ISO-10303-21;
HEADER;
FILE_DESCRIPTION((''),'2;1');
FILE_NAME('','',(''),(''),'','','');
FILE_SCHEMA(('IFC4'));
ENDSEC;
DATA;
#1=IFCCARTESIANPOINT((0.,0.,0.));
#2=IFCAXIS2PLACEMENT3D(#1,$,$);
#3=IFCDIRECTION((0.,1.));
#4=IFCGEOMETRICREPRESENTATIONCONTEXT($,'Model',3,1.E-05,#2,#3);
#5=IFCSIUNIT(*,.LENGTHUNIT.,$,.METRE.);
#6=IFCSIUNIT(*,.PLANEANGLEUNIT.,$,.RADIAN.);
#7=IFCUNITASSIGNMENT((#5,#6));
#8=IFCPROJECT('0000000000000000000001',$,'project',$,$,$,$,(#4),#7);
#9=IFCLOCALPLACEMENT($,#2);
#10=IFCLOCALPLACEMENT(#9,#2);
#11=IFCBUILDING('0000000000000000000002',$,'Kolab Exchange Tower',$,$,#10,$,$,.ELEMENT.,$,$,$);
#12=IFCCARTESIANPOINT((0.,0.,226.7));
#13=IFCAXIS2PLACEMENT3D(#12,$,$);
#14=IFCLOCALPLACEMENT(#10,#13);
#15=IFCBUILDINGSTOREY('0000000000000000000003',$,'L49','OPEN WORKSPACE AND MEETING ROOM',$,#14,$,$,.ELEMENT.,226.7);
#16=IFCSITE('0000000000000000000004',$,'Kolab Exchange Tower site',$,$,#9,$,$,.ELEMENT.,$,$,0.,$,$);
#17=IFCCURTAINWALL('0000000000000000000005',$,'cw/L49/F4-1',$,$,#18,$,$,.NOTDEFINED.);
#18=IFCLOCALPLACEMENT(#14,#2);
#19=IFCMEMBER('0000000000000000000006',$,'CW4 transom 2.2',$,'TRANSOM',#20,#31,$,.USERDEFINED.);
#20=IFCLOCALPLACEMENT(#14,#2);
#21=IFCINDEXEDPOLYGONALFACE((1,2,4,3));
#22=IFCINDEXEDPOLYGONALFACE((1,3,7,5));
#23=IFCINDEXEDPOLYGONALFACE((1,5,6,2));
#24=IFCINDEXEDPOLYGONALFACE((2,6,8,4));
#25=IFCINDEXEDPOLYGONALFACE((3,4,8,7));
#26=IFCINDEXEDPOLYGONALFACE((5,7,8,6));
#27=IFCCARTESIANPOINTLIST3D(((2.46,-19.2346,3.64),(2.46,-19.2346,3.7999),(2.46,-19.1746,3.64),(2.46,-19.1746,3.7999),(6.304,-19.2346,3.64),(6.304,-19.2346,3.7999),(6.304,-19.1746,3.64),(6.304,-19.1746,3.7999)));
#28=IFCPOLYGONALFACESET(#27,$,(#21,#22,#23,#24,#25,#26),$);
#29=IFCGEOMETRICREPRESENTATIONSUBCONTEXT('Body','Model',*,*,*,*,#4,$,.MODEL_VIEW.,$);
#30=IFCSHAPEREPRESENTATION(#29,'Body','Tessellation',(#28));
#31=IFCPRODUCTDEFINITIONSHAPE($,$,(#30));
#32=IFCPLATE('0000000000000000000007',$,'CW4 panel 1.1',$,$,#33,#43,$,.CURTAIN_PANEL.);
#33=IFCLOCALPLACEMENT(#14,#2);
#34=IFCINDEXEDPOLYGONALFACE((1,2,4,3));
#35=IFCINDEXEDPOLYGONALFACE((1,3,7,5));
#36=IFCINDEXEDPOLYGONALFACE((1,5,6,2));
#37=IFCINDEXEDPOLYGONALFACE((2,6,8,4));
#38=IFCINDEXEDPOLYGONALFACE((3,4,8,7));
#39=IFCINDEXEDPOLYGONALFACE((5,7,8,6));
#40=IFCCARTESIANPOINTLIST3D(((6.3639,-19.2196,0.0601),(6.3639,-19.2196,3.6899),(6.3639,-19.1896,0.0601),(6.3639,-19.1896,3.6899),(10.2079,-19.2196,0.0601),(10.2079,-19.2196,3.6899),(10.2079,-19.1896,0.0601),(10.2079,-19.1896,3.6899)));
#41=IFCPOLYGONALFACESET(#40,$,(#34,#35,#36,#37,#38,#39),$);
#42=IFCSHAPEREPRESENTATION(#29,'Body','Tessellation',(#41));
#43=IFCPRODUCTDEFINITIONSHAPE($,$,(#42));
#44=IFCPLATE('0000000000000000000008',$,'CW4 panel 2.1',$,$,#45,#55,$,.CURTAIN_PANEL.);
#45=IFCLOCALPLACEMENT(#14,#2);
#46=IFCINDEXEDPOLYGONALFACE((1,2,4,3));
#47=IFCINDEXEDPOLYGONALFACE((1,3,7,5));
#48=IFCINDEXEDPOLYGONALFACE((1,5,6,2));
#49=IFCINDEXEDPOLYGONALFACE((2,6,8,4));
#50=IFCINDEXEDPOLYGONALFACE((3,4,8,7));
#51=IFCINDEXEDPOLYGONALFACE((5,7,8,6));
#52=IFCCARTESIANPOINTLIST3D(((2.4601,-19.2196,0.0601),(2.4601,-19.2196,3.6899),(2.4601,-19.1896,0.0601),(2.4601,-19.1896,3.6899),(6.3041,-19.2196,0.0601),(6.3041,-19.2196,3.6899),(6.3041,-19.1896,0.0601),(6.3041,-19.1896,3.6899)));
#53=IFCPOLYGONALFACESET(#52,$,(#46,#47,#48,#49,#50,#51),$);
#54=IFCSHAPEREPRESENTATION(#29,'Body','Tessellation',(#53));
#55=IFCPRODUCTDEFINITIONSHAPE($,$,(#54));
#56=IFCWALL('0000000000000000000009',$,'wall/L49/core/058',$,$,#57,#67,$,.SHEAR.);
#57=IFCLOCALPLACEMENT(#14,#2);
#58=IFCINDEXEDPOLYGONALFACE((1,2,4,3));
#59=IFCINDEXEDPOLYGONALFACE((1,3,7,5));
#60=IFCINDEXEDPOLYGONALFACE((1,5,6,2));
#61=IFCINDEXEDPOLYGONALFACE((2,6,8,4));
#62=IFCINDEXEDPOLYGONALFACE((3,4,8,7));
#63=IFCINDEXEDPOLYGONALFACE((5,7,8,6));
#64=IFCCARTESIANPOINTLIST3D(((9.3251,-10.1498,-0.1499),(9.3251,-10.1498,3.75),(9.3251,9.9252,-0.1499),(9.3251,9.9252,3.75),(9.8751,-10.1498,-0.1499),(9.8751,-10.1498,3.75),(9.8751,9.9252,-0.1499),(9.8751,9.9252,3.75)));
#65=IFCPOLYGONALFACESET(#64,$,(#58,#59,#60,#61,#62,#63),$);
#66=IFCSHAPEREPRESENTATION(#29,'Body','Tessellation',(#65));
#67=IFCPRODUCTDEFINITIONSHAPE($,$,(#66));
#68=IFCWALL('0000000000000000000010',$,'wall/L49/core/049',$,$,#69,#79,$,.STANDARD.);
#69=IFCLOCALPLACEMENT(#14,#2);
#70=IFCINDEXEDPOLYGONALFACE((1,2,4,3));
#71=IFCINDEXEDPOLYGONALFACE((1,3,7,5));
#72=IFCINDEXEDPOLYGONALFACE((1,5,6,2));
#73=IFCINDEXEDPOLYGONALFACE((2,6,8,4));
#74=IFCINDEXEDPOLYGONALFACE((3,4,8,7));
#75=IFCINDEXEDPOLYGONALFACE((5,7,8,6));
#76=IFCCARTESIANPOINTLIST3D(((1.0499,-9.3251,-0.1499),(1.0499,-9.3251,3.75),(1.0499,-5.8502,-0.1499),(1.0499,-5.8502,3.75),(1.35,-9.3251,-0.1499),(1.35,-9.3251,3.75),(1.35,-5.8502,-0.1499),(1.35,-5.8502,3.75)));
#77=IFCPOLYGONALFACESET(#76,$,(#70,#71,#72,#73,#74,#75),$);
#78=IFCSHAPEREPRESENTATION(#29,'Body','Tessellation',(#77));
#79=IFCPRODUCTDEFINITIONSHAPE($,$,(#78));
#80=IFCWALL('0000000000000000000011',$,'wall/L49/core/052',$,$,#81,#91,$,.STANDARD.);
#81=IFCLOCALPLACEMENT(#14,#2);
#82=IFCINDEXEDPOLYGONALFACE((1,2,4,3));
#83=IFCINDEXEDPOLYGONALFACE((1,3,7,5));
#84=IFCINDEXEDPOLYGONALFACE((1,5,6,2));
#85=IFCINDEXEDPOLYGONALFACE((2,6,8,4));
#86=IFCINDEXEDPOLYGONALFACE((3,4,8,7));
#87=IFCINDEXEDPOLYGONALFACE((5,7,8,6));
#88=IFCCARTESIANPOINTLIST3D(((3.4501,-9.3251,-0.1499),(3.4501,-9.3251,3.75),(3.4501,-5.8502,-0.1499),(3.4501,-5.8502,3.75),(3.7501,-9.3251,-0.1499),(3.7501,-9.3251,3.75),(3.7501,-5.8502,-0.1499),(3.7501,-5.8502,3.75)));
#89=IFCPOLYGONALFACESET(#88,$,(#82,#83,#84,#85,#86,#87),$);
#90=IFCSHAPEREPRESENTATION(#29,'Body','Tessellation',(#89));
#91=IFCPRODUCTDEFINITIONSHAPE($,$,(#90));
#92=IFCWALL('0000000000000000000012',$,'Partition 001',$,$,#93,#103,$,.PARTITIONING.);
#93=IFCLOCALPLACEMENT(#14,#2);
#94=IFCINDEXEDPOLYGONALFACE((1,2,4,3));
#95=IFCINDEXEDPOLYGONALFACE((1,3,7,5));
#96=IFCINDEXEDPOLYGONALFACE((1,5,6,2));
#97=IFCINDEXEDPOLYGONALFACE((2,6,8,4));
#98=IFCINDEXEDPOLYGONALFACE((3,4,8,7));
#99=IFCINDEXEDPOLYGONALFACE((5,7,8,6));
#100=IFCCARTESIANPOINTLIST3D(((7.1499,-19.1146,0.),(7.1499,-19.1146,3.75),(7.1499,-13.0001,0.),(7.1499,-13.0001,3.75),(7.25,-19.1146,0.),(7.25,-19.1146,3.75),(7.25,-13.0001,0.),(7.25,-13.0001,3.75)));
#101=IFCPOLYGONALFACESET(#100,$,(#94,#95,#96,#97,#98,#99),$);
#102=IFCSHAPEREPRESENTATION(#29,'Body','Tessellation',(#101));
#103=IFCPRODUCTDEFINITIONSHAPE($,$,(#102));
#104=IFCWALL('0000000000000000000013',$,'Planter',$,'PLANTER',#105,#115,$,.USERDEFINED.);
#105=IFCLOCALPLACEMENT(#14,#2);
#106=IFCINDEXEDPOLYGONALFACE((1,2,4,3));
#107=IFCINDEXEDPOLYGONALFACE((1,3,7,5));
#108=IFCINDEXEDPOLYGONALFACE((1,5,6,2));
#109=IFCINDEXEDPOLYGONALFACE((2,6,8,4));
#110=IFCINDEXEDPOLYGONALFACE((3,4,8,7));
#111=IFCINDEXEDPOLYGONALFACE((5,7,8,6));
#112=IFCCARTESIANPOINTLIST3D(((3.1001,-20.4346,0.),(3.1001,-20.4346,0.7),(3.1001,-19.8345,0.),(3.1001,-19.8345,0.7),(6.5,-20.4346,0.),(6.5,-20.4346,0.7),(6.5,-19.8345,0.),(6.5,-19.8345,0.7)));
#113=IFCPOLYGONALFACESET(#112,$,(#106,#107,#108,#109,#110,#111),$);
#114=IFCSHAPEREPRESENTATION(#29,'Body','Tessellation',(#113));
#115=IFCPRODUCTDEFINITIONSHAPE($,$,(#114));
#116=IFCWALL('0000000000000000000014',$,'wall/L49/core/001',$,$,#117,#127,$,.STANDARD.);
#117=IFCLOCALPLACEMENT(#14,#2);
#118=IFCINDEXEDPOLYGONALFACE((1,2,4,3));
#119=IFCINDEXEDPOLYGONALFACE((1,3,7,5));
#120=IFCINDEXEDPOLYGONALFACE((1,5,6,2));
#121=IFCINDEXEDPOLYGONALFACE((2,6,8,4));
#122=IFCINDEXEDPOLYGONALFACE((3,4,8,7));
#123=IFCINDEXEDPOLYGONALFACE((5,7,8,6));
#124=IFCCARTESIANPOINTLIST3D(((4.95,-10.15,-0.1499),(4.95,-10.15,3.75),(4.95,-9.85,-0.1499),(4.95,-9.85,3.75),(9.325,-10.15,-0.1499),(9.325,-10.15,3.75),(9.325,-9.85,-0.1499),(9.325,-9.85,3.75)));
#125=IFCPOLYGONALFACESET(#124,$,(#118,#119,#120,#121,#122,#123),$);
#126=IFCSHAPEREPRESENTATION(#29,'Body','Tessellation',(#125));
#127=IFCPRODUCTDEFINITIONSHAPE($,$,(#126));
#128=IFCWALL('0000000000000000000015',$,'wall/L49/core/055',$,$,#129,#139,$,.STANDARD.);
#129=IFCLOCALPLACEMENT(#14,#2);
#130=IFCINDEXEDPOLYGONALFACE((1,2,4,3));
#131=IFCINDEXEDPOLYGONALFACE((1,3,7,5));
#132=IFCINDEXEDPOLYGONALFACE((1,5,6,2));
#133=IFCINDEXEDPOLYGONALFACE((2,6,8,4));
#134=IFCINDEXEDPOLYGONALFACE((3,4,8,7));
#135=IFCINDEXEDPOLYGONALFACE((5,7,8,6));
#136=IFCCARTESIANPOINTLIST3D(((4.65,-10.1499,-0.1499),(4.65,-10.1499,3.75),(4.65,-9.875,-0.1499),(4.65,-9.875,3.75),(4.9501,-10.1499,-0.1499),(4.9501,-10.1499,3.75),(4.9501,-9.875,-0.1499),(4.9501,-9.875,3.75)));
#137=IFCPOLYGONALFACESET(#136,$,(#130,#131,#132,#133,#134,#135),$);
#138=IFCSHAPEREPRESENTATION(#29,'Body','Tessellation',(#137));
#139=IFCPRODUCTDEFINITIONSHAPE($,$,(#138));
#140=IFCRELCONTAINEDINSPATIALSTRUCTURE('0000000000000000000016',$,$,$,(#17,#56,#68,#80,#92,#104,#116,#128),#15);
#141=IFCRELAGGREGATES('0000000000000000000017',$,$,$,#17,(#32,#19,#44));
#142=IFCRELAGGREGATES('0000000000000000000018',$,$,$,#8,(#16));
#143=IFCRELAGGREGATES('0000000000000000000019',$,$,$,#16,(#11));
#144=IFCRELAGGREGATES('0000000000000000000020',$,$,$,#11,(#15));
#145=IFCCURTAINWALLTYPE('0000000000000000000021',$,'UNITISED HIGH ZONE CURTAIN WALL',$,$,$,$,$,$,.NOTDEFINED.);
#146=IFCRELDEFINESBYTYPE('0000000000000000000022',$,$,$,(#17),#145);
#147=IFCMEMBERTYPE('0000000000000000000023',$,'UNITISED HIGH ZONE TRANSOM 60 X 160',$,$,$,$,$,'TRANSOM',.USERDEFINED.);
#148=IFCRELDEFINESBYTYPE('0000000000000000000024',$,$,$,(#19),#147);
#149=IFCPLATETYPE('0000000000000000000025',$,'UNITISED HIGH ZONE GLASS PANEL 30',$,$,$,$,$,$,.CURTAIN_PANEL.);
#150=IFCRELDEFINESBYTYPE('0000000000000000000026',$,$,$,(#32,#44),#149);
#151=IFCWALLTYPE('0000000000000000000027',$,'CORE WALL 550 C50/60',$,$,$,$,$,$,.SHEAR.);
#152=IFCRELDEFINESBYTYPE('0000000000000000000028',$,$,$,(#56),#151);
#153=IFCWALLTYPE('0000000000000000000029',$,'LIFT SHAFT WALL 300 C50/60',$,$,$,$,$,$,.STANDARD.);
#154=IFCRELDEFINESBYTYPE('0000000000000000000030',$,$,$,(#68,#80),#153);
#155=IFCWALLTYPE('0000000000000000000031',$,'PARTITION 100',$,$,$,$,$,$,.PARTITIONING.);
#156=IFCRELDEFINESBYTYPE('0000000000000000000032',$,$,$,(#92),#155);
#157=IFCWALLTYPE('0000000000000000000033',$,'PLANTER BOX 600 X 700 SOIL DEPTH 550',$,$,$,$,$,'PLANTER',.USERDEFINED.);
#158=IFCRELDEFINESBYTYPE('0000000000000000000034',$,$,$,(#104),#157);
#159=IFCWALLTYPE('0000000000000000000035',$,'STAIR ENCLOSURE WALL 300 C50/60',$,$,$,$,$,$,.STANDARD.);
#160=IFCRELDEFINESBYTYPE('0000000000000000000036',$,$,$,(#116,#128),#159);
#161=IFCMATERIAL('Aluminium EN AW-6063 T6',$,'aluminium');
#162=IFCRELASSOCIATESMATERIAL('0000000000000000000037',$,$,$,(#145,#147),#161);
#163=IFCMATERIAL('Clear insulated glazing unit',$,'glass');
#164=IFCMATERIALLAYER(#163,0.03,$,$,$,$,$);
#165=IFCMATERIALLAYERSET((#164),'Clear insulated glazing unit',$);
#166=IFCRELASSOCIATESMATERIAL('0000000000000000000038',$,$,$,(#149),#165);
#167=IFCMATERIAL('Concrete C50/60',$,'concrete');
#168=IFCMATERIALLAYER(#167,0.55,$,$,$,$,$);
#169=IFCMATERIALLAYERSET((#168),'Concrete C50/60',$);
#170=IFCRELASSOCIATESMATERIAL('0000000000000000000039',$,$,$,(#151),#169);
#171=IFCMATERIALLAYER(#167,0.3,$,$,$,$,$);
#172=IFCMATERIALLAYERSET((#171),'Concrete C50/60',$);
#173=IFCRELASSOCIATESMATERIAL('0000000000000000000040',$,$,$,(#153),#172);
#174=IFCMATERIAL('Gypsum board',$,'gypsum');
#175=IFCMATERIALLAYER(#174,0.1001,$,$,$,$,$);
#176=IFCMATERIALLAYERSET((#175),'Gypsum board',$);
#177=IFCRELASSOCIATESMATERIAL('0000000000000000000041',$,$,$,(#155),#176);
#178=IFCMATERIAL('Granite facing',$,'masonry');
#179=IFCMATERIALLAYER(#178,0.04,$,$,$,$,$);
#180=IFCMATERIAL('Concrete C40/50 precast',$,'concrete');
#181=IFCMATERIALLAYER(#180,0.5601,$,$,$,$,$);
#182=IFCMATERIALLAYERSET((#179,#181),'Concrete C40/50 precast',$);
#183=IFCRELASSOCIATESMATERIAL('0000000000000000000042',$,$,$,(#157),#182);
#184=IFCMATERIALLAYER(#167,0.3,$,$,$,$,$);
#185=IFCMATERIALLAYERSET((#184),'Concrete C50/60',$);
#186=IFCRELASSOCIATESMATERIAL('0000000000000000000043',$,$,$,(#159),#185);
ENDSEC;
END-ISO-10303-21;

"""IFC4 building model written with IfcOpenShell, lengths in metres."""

from ifc_helpers import new_model, si_unit, direction, frame, frame_2d, origin, origin_2d, place, context, subcontext, project, spatial, rectangle, extrude, material, layer, layer_set, material_profile, profile_set, type_object, element, aggregate, save


model = new_model("IFC4")

# Units and contexts
model_context = context("Model", 3, precision=1e-05, world=origin(), true_north=direction((0.0, 1.0)))
body_context = subcontext(model_context, "Body", "Model", "MODEL_VIEW")
ifc_project = project(units=[si_unit("LENGTHUNIT", "METRE"), si_unit("PLANEANGLEUNIT", "RADIAN")], contexts=[model_context])

# Site, building, storey
site_placement = place(None, origin())
site = spatial("IfcSite", under=ifc_project, at=site_placement, Name="Kolab Exchange Tower site", CompositionType="ELEMENT", RefElevation=0.0)
building_placement = place(site_placement, origin())
building = spatial("IfcBuilding", under=site, at=building_placement, Name="Kolab Exchange Tower", CompositionType="ELEMENT")
storey_placement = place(building_placement, frame((0.0, 0.0, 226.7)))
storey = spatial("IfcBuildingStorey", under=building, at=storey_placement, Name="L49", Description="OPEN WORKSPACE AND MEETING ROOM", CompositionType="ELEMENT", Elevation=226.7)

# Shared definitions
ifc_material_1 = material(Name="Concrete C50/60", Category="concrete")

# Curtain wall, member, plates
ifc_material_2 = material(Name="Aluminium EN AW-6063 T6", Category="aluminium")
curtain_wall_type = type_object("IfcCurtainWallType", Name="UNITISED HIGH ZONE CURTAIN WALL", PredefinedType="NOTDEFINED", material=ifc_material_2)
curtain_wall_placement = place(storey_placement, origin())
curtain_wall = element("IfcCurtainWall", 1, at=curtain_wall_placement, inside=storey, type_object=curtain_wall_type, Name="cw/L49/F4-1", PredefinedType="NOTDEFINED")
ifc_material_profile_1 = material_profile(ifc_material_2, rectangle(XDim=0.0601, YDim=0.1599, at=origin_2d()), Name="RECT 60X160")
ifc_profile_set_1 = profile_set([ifc_material_profile_1], Name="Aluminium EN AW-6063 T6")
member_type_1 = type_object("IfcMemberType", Name="UNITISED HIGH ZONE TRANSOM 60 X 160", ElementType="TRANSOM", PredefinedType="USERDEFINED", material=ifc_profile_set_1)
member_1_placement = place(storey_placement, frame((6.304, -19.2046, 3.72), z_axis=(-1.0, 0.0, 0.0), x_axis=(0.0, -1.0, 0.0)))
member_1 = element("IfcMember", 2, at=member_1_placement, type_object=member_type_1, Name="CW4 transom 2.2", ObjectType="TRANSOM", PredefinedType="USERDEFINED", context=body_context, shape_type="SweptSolid", body=[
    extrude(rectangle(XDim=0.0601, YDim=0.1599, at=origin_2d()), origin(), (0.0, 0.0, 1.0), 3.844),
])
ifc_material_3 = material(Name="Clear insulated glazing unit", Category="glass")
ifc_layer_1 = layer(ifc_material_3, 0.03)
ifc_layer_set_1 = layer_set([ifc_layer_1], Name="Clear insulated glazing unit")
plate_type = type_object("IfcPlateType", Name="UNITISED HIGH ZONE GLASS PANEL 30", PredefinedType="CURTAIN_PANEL", material=ifc_layer_set_1)
plate_1_placement = place(storey_placement, frame((8.2859, -19.2046, 0.0601), z_axis=(0.0, 0.0, 1.0), x_axis=(-1.0, 0.0, 0.0)))
plate_1 = element("IfcPlate", 3, at=plate_1_placement, type_object=plate_type, Name="CW4 panel 1.1", PredefinedType="CURTAIN_PANEL", context=body_context, shape_type="SweptSolid", body=[
    extrude(rectangle(XDim=3.844, YDim=0.03, at=origin_2d()), origin(), (0.0, 0.0, 1.0), 3.6299),
])
plate_2_placement = place(storey_placement, frame((4.3821, -19.2046, 0.0601), z_axis=(0.0, 0.0, 1.0), x_axis=(-1.0, 0.0, 0.0)))
plate_2 = element("IfcPlate", 4, at=plate_2_placement, type_object=plate_type, Name="CW4 panel 2.1", PredefinedType="CURTAIN_PANEL", context=body_context, shape_type="SweptSolid", body=[
    extrude(rectangle(XDim=3.844, YDim=0.03, at=origin_2d()), origin(), (0.0, 0.0, 1.0), 3.6299),
])
aggregate(curtain_wall, [plate_1, member_1, plate_2])

# Wall
ifc_layer_2 = layer(ifc_material_1, 0.55)
ifc_layer_set_2 = layer_set([ifc_layer_2], Name="Concrete C50/60")
wall_type_1 = type_object("IfcWallType", Name="CORE WALL 550 C50/60", PredefinedType="SHEAR", material=ifc_layer_set_2)
wall_1_placement = place(storey_placement, frame((9.6001, -10.1499, -0.1499), z_axis=(0.0, 0.0, 1.0), x_axis=(0.0, 1.0, 0.0)))
element("IfcWall", 5, at=wall_1_placement, inside=storey, type_object=wall_type_1, Name="wall/L49/core/058", PredefinedType="SHEAR", context=body_context, shape_type="SweptSolid", body=[
    extrude(rectangle(XDim=20.075, YDim=0.55, at=frame_2d((10.0376, 0.0))), origin(), (0.0, 0.0, 1.0), 3.8999),
])

# Walls
ifc_layer_3 = layer(ifc_material_1, 0.3)
ifc_layer_set_3 = layer_set([ifc_layer_3], Name="Concrete C50/60")
wall_type_2 = type_object("IfcWallType", Name="LIFT SHAFT WALL 300 C50/60", PredefinedType="STANDARD", material=ifc_layer_set_3)
for number, where, z_axis, x_axis, name in (
    (6, (1.2, -9.325, -0.1499), (0.0, 0.0, 1.0), (0.0, 1.0, 0.0), "wall/L49/core/049"),
    (7, (3.6001, -9.325, -0.1499), (0.0, 0.0, 1.0), (0.0, 1.0, 0.0), "wall/L49/core/052"),
):
    element("IfcWall", number, at=place(storey_placement, frame(where, z_axis=z_axis, x_axis=x_axis)), inside=storey, type_object=wall_type_2, Name=name, PredefinedType="STANDARD", context=body_context, shape_type="SweptSolid", body=[
        extrude(rectangle(XDim=3.4749, YDim=0.3, at=frame_2d((1.7373, 0.0))), origin(), (0.0, 0.0, 1.0), 3.8999),
    ])
ifc_material_4 = material(Name="Gypsum board", Category="gypsum")
ifc_layer_4 = layer(ifc_material_4, 0.1001)
ifc_layer_set_4 = layer_set([ifc_layer_4], Name="Gypsum board")
wall_type_3 = type_object("IfcWallType", Name="PARTITION 100", PredefinedType="PARTITIONING", material=ifc_layer_set_4)
wall_2_placement = place(storey_placement, frame((7.2, -19.1145, 0.0), z_axis=(0.0, 0.0, 1.0), x_axis=(0.0, 1.0, 0.0)))
element("IfcWall", 8, at=wall_2_placement, inside=storey, type_object=wall_type_3, Name="Partition 001", PredefinedType="PARTITIONING", context=body_context, shape_type="SweptSolid", body=[
    extrude(rectangle(XDim=6.1145, YDim=0.1001, at=frame_2d((3.0571, 0.0))), origin(), (0.0, 0.0, 1.0), 3.75),
])
ifc_material_5 = material(Name="Granite facing", Category="masonry")
ifc_layer_5 = layer(ifc_material_5, 0.04)
ifc_material_6 = material(Name="Concrete C40/50 precast", Category="concrete")
ifc_layer_6 = layer(ifc_material_6, 0.5601)
ifc_layer_set_5 = layer_set([ifc_layer_5, ifc_layer_6], Name="Concrete C40/50 precast")
wall_type_4 = type_object("IfcWallType", Name="PLANTER BOX 600 X 700 SOIL DEPTH 550", ElementType="PLANTER", PredefinedType="USERDEFINED", material=ifc_layer_set_5)
wall_3_placement = place(storey_placement, frame((6.5, -20.1345, 0.0), z_axis=(0.0, 0.0, 1.0), x_axis=(-1.0, 0.0, 0.0)))
element("IfcWall", 9, at=wall_3_placement, inside=storey, type_object=wall_type_4, Name="Planter", ObjectType="PLANTER", PredefinedType="USERDEFINED", context=body_context, shape_type="SweptSolid", body=[
    extrude(rectangle(XDim=3.3999, YDim=0.6001, at=frame_2d((1.7, 0.0))), origin(), (0.0, 0.0, 1.0), 0.7),
])
ifc_layer_7 = layer(ifc_material_1, 0.3)
ifc_layer_set_6 = layer_set([ifc_layer_7], Name="Concrete C50/60")
wall_type_5 = type_object("IfcWallType", Name="STAIR ENCLOSURE WALL 300 C50/60", PredefinedType="STANDARD", material=ifc_layer_set_6)
wall_4_placement = place(storey_placement, frame((4.95, -10.0, -0.1499), z_axis=(0.0, 0.0, 1.0), x_axis=(1.0, 0.0, 0.0)))
element("IfcWall", 10, at=wall_4_placement, inside=storey, type_object=wall_type_5, Name="wall/L49/core/001", PredefinedType="STANDARD", context=body_context, shape_type="SweptSolid", body=[
    extrude(rectangle(XDim=4.375, YDim=0.3, at=frame_2d((2.1875, 0.0))), origin(), (0.0, 0.0, 1.0), 3.8999),
])
wall_5_placement = place(storey_placement, frame((4.8, -10.1499, -0.1499), z_axis=(0.0, 0.0, 1.0), x_axis=(0.0, 1.0, 0.0)))
element("IfcWall", 11, at=wall_5_placement, inside=storey, type_object=wall_type_5, Name="wall/L49/core/055", PredefinedType="STANDARD", context=body_context, shape_type="SweptSolid", body=[
    extrude(rectangle(XDim=0.2749, YDim=0.3, at=frame_2d((0.1375, 0.0))), origin(), (0.0, 0.0, 1.0), 3.8999),
])

save(model, "model.ifc")
